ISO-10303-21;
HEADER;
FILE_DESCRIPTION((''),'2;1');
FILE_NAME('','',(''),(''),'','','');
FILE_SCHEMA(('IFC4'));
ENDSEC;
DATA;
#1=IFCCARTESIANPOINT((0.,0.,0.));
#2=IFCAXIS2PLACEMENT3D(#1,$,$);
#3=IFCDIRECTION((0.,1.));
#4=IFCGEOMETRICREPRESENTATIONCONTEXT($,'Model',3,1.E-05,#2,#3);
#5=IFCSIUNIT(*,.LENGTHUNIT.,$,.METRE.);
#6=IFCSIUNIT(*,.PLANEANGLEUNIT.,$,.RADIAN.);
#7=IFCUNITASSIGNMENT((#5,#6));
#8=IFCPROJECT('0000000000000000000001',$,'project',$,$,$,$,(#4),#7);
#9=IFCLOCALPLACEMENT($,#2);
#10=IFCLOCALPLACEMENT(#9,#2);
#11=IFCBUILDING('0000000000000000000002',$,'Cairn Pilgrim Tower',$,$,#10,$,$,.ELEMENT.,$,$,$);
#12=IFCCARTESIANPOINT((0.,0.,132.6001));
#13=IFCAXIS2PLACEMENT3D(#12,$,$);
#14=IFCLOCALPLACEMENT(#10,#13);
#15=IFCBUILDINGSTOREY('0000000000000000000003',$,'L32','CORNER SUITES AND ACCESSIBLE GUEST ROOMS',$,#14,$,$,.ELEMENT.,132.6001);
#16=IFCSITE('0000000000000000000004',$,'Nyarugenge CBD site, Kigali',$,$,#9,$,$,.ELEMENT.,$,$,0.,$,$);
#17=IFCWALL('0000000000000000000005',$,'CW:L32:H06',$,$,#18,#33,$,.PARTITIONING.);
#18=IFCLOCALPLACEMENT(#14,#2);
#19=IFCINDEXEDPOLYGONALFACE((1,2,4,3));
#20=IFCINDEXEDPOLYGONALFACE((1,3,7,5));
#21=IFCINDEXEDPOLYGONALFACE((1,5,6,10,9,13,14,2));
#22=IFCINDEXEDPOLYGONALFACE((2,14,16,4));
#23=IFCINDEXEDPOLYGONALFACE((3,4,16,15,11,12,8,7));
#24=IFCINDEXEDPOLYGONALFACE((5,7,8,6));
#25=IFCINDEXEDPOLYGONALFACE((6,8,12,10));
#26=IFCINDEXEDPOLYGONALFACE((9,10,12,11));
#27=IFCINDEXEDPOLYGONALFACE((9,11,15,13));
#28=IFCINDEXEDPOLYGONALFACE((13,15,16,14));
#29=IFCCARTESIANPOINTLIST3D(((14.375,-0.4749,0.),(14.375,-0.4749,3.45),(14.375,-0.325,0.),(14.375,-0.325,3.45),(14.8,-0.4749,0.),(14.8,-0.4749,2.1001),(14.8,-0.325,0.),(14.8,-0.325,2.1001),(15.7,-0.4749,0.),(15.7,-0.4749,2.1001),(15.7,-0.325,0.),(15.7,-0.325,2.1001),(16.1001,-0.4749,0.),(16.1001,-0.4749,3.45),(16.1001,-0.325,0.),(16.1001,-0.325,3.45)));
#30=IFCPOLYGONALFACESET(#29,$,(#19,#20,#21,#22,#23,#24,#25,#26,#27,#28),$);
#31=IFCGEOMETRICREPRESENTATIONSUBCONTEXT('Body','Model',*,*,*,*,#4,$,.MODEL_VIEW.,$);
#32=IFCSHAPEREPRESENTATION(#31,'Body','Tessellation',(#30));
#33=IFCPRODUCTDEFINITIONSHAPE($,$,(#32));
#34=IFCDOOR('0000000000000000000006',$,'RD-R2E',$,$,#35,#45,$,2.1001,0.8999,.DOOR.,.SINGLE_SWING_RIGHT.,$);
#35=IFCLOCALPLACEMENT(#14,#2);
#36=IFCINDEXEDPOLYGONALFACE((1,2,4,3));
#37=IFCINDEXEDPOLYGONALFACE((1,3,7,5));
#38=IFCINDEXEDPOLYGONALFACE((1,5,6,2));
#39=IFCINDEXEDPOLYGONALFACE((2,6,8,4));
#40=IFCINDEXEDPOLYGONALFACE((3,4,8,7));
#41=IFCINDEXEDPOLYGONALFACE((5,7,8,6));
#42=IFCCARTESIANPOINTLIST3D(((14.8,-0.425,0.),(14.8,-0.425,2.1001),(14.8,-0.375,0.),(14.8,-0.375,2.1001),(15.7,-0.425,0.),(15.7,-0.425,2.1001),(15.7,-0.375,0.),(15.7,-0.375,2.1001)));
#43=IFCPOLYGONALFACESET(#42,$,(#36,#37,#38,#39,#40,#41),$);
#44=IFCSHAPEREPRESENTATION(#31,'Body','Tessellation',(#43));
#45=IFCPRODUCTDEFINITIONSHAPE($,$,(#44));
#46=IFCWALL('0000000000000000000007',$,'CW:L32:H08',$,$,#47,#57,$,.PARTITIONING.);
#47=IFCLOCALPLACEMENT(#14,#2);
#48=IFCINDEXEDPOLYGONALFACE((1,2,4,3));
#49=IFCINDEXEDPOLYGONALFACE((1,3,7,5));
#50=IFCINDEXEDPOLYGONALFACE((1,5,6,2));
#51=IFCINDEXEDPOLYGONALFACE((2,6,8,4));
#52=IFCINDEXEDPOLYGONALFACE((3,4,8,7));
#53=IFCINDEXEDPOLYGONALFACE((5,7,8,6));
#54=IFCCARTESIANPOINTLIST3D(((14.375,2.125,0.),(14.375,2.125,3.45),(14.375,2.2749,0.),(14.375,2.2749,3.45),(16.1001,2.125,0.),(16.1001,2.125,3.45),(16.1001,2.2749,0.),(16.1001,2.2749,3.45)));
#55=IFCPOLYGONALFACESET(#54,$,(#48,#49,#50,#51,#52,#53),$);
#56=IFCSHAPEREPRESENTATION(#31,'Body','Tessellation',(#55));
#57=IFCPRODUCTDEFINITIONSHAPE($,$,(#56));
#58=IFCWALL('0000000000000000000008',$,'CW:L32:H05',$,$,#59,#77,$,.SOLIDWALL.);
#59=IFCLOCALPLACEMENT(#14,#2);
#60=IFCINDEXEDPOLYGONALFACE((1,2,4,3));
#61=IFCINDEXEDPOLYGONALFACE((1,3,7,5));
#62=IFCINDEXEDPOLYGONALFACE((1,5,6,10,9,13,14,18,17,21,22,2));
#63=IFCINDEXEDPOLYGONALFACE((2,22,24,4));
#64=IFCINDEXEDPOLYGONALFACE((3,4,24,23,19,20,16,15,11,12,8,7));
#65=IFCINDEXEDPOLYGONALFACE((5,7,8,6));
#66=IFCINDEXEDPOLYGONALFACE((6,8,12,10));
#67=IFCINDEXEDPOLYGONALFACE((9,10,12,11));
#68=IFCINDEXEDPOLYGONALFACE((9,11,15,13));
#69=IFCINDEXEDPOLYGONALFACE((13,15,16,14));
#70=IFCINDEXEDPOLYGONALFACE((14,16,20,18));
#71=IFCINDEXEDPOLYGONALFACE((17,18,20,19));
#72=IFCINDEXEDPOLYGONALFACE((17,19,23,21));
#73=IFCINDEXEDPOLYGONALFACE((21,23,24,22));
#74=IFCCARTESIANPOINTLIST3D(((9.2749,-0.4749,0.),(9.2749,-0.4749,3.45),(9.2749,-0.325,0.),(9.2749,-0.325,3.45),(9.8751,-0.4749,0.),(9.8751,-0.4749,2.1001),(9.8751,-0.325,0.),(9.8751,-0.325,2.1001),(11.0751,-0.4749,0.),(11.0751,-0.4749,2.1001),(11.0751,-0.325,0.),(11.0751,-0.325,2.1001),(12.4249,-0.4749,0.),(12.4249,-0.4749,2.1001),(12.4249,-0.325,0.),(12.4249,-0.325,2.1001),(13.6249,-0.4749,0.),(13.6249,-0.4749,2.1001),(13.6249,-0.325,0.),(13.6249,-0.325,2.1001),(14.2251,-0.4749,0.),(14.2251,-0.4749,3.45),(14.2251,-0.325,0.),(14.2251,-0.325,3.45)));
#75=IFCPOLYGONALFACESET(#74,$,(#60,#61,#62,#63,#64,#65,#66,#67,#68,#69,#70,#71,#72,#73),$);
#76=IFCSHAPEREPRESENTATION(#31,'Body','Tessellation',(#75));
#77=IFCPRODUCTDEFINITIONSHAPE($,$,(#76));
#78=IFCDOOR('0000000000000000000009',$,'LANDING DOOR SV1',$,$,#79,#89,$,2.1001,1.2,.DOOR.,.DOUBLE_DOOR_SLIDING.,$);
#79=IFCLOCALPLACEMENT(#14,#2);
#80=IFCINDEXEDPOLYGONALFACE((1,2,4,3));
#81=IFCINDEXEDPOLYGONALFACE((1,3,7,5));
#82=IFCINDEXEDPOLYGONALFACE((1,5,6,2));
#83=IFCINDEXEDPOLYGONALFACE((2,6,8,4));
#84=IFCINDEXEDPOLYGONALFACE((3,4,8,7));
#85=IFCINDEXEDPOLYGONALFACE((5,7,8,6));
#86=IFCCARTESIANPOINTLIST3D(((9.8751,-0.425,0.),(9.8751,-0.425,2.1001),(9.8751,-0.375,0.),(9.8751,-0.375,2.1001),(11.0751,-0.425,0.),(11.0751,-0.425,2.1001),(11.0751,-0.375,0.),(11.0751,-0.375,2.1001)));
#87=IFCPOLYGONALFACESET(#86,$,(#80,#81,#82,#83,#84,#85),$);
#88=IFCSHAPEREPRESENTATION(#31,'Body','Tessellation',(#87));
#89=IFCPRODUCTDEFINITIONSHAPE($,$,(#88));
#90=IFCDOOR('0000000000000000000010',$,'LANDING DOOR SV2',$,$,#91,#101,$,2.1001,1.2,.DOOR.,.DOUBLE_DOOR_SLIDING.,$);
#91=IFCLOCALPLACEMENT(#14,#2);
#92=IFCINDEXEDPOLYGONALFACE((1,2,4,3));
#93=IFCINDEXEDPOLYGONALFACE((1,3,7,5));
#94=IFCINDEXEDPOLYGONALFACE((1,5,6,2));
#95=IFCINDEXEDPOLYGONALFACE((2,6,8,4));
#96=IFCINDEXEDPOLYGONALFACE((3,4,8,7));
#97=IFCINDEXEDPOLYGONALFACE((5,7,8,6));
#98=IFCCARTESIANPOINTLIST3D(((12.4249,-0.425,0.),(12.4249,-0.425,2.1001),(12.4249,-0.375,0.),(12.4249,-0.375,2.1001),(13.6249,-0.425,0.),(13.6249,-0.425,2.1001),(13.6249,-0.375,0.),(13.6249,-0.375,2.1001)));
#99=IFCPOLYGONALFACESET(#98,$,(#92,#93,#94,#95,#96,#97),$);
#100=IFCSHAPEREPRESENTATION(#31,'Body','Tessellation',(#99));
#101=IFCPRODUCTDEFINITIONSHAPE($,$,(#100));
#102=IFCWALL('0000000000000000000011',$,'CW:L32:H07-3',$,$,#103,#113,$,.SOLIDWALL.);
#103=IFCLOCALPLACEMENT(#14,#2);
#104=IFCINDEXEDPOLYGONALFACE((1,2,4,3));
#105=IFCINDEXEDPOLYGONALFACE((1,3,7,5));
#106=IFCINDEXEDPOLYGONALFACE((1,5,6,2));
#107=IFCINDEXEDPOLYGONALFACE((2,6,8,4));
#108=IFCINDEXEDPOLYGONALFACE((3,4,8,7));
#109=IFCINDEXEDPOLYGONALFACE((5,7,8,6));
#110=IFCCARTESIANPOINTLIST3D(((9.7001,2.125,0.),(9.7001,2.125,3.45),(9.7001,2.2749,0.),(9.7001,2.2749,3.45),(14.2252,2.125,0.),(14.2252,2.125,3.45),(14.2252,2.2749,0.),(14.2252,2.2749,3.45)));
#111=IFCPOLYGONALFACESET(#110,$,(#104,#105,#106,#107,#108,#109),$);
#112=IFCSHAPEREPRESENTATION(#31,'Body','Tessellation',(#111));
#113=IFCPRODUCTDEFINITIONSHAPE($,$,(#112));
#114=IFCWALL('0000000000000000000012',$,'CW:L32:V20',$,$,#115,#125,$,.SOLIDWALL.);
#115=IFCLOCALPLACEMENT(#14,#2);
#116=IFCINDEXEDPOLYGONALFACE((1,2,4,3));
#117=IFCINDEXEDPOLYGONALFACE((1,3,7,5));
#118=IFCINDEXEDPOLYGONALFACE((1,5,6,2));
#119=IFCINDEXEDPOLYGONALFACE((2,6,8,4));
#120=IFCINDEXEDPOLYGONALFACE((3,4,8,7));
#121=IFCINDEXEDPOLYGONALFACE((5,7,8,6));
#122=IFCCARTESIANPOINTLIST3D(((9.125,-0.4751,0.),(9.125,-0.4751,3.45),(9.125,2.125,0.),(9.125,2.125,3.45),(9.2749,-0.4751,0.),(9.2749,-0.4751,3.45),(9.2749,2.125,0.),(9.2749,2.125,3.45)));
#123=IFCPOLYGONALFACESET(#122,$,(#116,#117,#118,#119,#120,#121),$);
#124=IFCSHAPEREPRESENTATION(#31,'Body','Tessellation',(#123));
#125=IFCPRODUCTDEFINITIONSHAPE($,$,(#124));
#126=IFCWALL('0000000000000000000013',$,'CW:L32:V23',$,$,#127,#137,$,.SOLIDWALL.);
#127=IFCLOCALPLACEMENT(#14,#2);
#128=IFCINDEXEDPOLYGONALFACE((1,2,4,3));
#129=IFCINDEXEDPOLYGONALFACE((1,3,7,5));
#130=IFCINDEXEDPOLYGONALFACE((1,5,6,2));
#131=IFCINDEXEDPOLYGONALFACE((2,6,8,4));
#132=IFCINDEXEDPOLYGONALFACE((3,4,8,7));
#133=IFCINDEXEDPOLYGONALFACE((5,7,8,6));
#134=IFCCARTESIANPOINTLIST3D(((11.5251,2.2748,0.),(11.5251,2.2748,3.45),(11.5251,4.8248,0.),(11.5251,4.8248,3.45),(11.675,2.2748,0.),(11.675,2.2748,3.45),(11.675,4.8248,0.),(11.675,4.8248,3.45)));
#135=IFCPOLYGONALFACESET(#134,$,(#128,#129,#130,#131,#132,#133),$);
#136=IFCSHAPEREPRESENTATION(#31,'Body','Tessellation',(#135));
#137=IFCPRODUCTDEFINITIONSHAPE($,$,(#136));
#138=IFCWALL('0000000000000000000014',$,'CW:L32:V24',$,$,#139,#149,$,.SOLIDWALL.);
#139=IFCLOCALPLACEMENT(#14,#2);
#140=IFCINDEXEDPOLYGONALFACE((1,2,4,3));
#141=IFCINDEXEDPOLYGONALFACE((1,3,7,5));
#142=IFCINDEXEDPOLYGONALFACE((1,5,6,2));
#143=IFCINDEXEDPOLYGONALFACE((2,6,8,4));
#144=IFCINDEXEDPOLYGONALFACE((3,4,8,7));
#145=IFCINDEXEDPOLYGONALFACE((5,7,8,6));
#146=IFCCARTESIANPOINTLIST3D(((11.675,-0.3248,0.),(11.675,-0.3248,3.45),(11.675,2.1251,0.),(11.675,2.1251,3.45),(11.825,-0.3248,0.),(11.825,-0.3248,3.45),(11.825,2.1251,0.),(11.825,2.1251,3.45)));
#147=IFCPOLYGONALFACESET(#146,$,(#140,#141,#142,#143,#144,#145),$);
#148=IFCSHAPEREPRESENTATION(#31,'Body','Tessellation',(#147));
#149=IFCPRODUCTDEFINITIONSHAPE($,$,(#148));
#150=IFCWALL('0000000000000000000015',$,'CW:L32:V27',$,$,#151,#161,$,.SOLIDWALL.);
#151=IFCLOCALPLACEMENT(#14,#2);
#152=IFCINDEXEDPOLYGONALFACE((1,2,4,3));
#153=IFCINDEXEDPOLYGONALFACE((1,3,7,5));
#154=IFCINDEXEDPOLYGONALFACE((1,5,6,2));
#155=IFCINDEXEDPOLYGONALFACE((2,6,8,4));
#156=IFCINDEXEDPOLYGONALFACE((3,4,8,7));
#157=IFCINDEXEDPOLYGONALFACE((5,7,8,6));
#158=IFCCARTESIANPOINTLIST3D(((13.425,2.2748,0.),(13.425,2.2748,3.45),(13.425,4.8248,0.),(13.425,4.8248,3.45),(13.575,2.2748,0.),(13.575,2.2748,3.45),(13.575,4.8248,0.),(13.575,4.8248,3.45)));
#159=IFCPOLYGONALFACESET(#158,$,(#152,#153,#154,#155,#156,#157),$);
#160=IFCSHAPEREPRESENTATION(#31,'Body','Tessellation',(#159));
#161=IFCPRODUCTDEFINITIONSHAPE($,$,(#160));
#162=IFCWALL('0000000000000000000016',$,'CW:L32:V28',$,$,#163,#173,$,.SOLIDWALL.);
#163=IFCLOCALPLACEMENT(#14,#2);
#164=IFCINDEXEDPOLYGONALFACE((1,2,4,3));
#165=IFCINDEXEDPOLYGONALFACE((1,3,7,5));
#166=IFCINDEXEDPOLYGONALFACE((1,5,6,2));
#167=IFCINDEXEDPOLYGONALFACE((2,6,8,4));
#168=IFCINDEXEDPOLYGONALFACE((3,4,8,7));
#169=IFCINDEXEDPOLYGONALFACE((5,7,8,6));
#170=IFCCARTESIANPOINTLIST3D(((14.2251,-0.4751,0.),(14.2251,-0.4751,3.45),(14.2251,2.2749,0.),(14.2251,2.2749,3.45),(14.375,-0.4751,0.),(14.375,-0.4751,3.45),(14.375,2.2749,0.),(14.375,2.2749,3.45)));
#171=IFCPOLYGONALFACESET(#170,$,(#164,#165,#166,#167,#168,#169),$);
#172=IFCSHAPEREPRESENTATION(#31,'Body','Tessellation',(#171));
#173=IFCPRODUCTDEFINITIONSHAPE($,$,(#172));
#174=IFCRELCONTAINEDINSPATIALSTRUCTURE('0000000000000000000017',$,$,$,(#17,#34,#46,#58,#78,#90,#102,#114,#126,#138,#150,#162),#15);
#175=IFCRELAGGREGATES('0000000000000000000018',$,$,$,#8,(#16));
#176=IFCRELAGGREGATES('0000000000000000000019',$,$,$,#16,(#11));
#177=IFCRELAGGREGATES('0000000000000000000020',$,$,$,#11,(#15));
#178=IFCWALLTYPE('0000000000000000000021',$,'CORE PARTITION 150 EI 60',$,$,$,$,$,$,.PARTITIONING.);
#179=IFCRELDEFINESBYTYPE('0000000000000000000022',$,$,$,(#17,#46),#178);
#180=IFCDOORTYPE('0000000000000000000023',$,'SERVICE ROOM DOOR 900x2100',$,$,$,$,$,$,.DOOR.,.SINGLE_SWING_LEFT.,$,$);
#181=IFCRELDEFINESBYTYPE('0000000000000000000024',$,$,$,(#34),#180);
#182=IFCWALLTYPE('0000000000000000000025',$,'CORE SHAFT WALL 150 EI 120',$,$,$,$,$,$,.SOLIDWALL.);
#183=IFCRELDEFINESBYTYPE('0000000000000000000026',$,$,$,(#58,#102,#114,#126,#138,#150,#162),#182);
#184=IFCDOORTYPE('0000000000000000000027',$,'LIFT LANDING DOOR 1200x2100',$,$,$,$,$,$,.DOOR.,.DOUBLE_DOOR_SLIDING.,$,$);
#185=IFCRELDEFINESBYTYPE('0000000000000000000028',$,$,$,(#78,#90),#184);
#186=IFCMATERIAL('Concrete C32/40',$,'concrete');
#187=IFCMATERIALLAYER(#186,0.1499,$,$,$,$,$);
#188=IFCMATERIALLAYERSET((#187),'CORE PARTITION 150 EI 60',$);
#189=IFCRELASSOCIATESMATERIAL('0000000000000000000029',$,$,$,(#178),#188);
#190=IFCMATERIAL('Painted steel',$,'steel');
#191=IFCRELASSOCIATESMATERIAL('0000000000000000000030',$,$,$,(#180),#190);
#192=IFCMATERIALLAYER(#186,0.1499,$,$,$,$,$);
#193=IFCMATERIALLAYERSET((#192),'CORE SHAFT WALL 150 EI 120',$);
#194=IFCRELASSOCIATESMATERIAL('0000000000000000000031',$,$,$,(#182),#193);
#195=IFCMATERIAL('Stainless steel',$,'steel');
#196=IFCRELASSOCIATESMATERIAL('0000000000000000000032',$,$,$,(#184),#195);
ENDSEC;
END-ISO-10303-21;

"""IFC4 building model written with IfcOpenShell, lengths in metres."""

from ifc_helpers import new_model, si_unit, direction, frame, frame_2d, origin, place, context, subcontext, project, spatial, rectangle, extrude, material, layer, layer_set, type_object, element, fill, save


model = new_model("IFC4")

# Units and contexts
model_context = context("Model", 3, precision=1e-05, world=origin(), true_north=direction((0.0, 1.0)))
body_context = subcontext(model_context, "Body", "Model", "MODEL_VIEW")
ifc_project = project(units=[si_unit("LENGTHUNIT", "METRE"), si_unit("PLANEANGLEUNIT", "RADIAN")], contexts=[model_context])

# Site, building, storey
site_placement = place(None, origin())
site = spatial("IfcSite", under=ifc_project, at=site_placement, Name="Nyarugenge CBD site, Kigali", CompositionType="ELEMENT", RefElevation=0.0)
building_placement = place(site_placement, origin())
building = spatial("IfcBuilding", under=site, at=building_placement, Name="Cairn Pilgrim Tower", CompositionType="ELEMENT")
storey_placement = place(building_placement, frame((0.0, 0.0, 132.6001)))
storey = spatial("IfcBuildingStorey", under=building, at=storey_placement, Name="L32", Description="CORNER SUITES AND ACCESSIBLE GUEST ROOMS", CompositionType="ELEMENT", Elevation=132.6001)

# Shared definitions
ifc_material_1 = material(Name="Concrete C32/40", Category="concrete")

# Shared definitions
ifc_material_2 = material(Name="Painted steel", Category="steel")

# Wall, opening, door
ifc_layer_1 = layer(ifc_material_1, 0.1499)
ifc_layer_set_1 = layer_set([ifc_layer_1], Name="CORE PARTITION 150 EI 60")
wall_type_1 = type_object("IfcWallType", Name="CORE PARTITION 150 EI 60", PredefinedType="PARTITIONING", material=ifc_layer_set_1)
wall_1_placement = place(storey_placement, frame((14.375, -0.3999, 0.0), z_axis=(0.0, 0.0, 1.0), x_axis=(1.0, 0.0, 0.0)))
wall_1 = element("IfcWall", 1, at=wall_1_placement, inside=storey, type_object=wall_type_1, Name="CW:L32:H06", PredefinedType="PARTITIONING", context=body_context, shape_type="SweptSolid", body=[
    extrude(rectangle(XDim=1.7251, YDim=0.1499, at=frame_2d((0.8625, 0.0))), origin(), (0.0, 0.0, 1.0), 3.45),
])
opening_1_placement = place(wall_1_placement, frame((0.425, 0.0, 0.0)))
opening_1 = element("IfcOpeningElement", 2, at=opening_1_placement, cuts=wall_1, PredefinedType="OPENING", context=body_context, shape_type="SweptSolid", body=[
    extrude(rectangle(XDim=0.8999, YDim=2.1001, at=frame_2d((0.45, 1.05))), frame((0.0, 0.085, 0.0), z_axis=(0.0, -1.0, 0.0), x_axis=(1.0, 0.0, 0.0)), (0.0, 0.0, 1.0), 0.1699),
])
door_type_1 = type_object("IfcDoorType", Name="SERVICE ROOM DOOR 900x2100", OperationType="SINGLE_SWING_LEFT", PredefinedType="DOOR", material=ifc_material_2)
door_1_placement = place(opening_1_placement, origin())
door_1 = element("IfcDoor", 3, at=door_1_placement, inside=storey, type_object=door_type_1, Name="RD-R2E", OperationType="SINGLE_SWING_RIGHT", OverallHeight=2.1001, OverallWidth=0.8999, PredefinedType="DOOR", context=body_context, shape_type="SweptSolid", body=[
    extrude(rectangle(XDim=0.8999, YDim=2.1001, at=frame_2d((0.45, 1.05))), frame((0.0, 0.0249, 0.0), z_axis=(0.0, -1.0, 0.0), x_axis=(1.0, 0.0, 0.0)), (0.0, 0.0, 1.0), 0.05),
])
fill(opening_1, door_1)

# Wall
wall_2_placement = place(storey_placement, frame((14.375, 2.2, 0.0), z_axis=(0.0, 0.0, 1.0), x_axis=(1.0, 0.0, 0.0)))
element("IfcWall", 4, at=wall_2_placement, inside=storey, type_object=wall_type_1, Name="CW:L32:H08", PredefinedType="PARTITIONING", context=body_context, shape_type="SweptSolid", body=[
    extrude(rectangle(XDim=1.7251, YDim=0.1499, at=frame_2d((0.8625, 0.0))), origin(), (0.0, 0.0, 1.0), 3.45),
])

# Wall, openings, doors
ifc_layer_2 = layer(ifc_material_1, 0.1499)
ifc_layer_set_2 = layer_set([ifc_layer_2], Name="CORE SHAFT WALL 150 EI 120")
wall_type_2 = type_object("IfcWallType", Name="CORE SHAFT WALL 150 EI 120", PredefinedType="SOLIDWALL", material=ifc_layer_set_2)
wall_3_placement = place(storey_placement, frame((9.2749, -0.3999, 0.0), z_axis=(0.0, 0.0, 1.0), x_axis=(1.0, 0.0, 0.0)))
wall_3 = element("IfcWall", 5, at=wall_3_placement, inside=storey, type_object=wall_type_2, Name="CW:L32:H05", PredefinedType="SOLIDWALL", context=body_context, shape_type="SweptSolid", body=[
    extrude(rectangle(XDim=4.9502, YDim=0.1499, at=frame_2d((2.4751, 0.0))), origin(), (0.0, 0.0, 1.0), 3.45),
])
opening_2_placement = place(wall_3_placement, frame((0.6001, 0.0, 0.0)))
opening_2 = element("IfcOpeningElement", 6, at=opening_2_placement, cuts=wall_3, PredefinedType="OPENING", context=body_context, shape_type="SweptSolid", body=[
    extrude(rectangle(XDim=1.2, YDim=2.1001, at=frame_2d((0.6001, 1.05))), frame((0.0, 0.085, 0.0), z_axis=(0.0, -1.0, 0.0), x_axis=(1.0, 0.0, 0.0)), (0.0, 0.0, 1.0), 0.1699),
])
opening_3_placement = place(wall_3_placement, frame((3.1499, 0.0, 0.0)))
opening_3 = element("IfcOpeningElement", 7, at=opening_3_placement, cuts=wall_3, PredefinedType="OPENING", context=body_context, shape_type="SweptSolid", body=[
    extrude(rectangle(XDim=1.2, YDim=2.1001, at=frame_2d((0.6001, 1.05))), frame((0.0, 0.085, 0.0), z_axis=(0.0, -1.0, 0.0), x_axis=(1.0, 0.0, 0.0)), (0.0, 0.0, 1.0), 0.1699),
])
ifc_material_3 = material(Name="Stainless steel", Category="steel")
door_type_2 = type_object("IfcDoorType", Name="LIFT LANDING DOOR 1200x2100", OperationType="DOUBLE_DOOR_SLIDING", PredefinedType="DOOR", material=ifc_material_3)
door_2_placement = place(opening_2_placement, origin())
door_2 = element("IfcDoor", 8, at=door_2_placement, inside=storey, type_object=door_type_2, Name="LANDING DOOR SV1", OperationType="DOUBLE_DOOR_SLIDING", OverallHeight=2.1001, OverallWidth=1.2, PredefinedType="DOOR", context=body_context, shape_type="SweptSolid", body=[
    extrude(rectangle(XDim=1.2, YDim=2.1001, at=frame_2d((0.6001, 1.05))), frame((0.0, 0.0249, 0.0), z_axis=(0.0, -1.0, 0.0), x_axis=(1.0, 0.0, 0.0)), (0.0, 0.0, 1.0), 0.05),
])
fill(opening_2, door_2)
door_3_placement = place(opening_3_placement, origin())
door_3 = element("IfcDoor", 9, at=door_3_placement, inside=storey, type_object=door_type_2, Name="LANDING DOOR SV2", OperationType="DOUBLE_DOOR_SLIDING", OverallHeight=2.1001, OverallWidth=1.2, PredefinedType="DOOR", context=body_context, shape_type="SweptSolid", body=[
    extrude(rectangle(XDim=1.2, YDim=2.1001, at=frame_2d((0.6001, 1.05))), frame((0.0, 0.0249, 0.0), z_axis=(0.0, -1.0, 0.0), x_axis=(1.0, 0.0, 0.0)), (0.0, 0.0, 1.0), 0.05),
])
fill(opening_3, door_3)

# Walls
wall_4_placement = place(storey_placement, frame((9.7, 2.2, 0.0), z_axis=(0.0, 0.0, 1.0), x_axis=(1.0, 0.0, 0.0)))
element("IfcWall", 10, at=wall_4_placement, inside=storey, type_object=wall_type_2, Name="CW:L32:H07-3", PredefinedType="SOLIDWALL", context=body_context, shape_type="SweptSolid", body=[
    extrude(rectangle(XDim=4.5251, YDim=0.1499, at=frame_2d((2.2627, 0.0))), origin(), (0.0, 0.0, 1.0), 3.45),
])
wall_5_placement = place(storey_placement, frame((9.2, -0.4751, 0.0), z_axis=(0.0, 0.0, 1.0), x_axis=(0.0, 1.0, 0.0)))
element("IfcWall", 11, at=wall_5_placement, inside=storey, type_object=wall_type_2, Name="CW:L32:V20", PredefinedType="SOLIDWALL", context=body_context, shape_type="SweptSolid", body=[
    extrude(rectangle(XDim=2.6001, YDim=0.1499, at=frame_2d((1.3, 0.0))), origin(), (0.0, 0.0, 1.0), 3.45),
])
wall_6_placement = place(storey_placement, frame((11.6001, 2.2749, 0.0), z_axis=(0.0, 0.0, 1.0), x_axis=(0.0, 1.0, 0.0)))
element("IfcWall", 12, at=wall_6_placement, inside=storey, type_object=wall_type_2, Name="CW:L32:V23", PredefinedType="SOLIDWALL", context=body_context, shape_type="SweptSolid", body=[
    extrude(rectangle(XDim=2.55, YDim=0.1499, at=frame_2d((1.2749, 0.0))), origin(), (0.0, 0.0, 1.0), 3.45),
])
wall_7_placement = place(storey_placement, frame((11.75, -0.325, 0.0), z_axis=(0.0, 0.0, 1.0), x_axis=(0.0, 1.0, 0.0)))
element("IfcWall", 13, at=wall_7_placement, inside=storey, type_object=wall_type_2, Name="CW:L32:V24", PredefinedType="SOLIDWALL", context=body_context, shape_type="SweptSolid", body=[
    extrude(rectangle(XDim=2.45, YDim=0.1499, at=frame_2d((1.2251, 0.0))), origin(), (0.0, 0.0, 1.0), 3.45),
])
wall_8_placement = place(storey_placement, frame((13.5, 2.2749, 0.0), z_axis=(0.0, 0.0, 1.0), x_axis=(0.0, 1.0, 0.0)))
element("IfcWall", 14, at=wall_8_placement, inside=storey, type_object=wall_type_2, Name="CW:L32:V27", PredefinedType="SOLIDWALL", context=body_context, shape_type="SweptSolid", body=[
    extrude(rectangle(XDim=2.55, YDim=0.1499, at=frame_2d((1.2749, 0.0))), origin(), (0.0, 0.0, 1.0), 3.45),
])
wall_9_placement = place(storey_placement, frame((14.3, -0.4751, 0.0), z_axis=(0.0, 0.0, 1.0), x_axis=(0.0, 1.0, 0.0)))
element("IfcWall", 15, at=wall_9_placement, inside=storey, type_object=wall_type_2, Name="CW:L32:V28", PredefinedType="SOLIDWALL", context=body_context, shape_type="SweptSolid", body=[
    extrude(rectangle(XDim=2.75, YDim=0.1499, at=frame_2d((1.375, 0.0))), origin(), (0.0, 0.0, 1.0), 3.45),
])

save(model, "model.ifc")
